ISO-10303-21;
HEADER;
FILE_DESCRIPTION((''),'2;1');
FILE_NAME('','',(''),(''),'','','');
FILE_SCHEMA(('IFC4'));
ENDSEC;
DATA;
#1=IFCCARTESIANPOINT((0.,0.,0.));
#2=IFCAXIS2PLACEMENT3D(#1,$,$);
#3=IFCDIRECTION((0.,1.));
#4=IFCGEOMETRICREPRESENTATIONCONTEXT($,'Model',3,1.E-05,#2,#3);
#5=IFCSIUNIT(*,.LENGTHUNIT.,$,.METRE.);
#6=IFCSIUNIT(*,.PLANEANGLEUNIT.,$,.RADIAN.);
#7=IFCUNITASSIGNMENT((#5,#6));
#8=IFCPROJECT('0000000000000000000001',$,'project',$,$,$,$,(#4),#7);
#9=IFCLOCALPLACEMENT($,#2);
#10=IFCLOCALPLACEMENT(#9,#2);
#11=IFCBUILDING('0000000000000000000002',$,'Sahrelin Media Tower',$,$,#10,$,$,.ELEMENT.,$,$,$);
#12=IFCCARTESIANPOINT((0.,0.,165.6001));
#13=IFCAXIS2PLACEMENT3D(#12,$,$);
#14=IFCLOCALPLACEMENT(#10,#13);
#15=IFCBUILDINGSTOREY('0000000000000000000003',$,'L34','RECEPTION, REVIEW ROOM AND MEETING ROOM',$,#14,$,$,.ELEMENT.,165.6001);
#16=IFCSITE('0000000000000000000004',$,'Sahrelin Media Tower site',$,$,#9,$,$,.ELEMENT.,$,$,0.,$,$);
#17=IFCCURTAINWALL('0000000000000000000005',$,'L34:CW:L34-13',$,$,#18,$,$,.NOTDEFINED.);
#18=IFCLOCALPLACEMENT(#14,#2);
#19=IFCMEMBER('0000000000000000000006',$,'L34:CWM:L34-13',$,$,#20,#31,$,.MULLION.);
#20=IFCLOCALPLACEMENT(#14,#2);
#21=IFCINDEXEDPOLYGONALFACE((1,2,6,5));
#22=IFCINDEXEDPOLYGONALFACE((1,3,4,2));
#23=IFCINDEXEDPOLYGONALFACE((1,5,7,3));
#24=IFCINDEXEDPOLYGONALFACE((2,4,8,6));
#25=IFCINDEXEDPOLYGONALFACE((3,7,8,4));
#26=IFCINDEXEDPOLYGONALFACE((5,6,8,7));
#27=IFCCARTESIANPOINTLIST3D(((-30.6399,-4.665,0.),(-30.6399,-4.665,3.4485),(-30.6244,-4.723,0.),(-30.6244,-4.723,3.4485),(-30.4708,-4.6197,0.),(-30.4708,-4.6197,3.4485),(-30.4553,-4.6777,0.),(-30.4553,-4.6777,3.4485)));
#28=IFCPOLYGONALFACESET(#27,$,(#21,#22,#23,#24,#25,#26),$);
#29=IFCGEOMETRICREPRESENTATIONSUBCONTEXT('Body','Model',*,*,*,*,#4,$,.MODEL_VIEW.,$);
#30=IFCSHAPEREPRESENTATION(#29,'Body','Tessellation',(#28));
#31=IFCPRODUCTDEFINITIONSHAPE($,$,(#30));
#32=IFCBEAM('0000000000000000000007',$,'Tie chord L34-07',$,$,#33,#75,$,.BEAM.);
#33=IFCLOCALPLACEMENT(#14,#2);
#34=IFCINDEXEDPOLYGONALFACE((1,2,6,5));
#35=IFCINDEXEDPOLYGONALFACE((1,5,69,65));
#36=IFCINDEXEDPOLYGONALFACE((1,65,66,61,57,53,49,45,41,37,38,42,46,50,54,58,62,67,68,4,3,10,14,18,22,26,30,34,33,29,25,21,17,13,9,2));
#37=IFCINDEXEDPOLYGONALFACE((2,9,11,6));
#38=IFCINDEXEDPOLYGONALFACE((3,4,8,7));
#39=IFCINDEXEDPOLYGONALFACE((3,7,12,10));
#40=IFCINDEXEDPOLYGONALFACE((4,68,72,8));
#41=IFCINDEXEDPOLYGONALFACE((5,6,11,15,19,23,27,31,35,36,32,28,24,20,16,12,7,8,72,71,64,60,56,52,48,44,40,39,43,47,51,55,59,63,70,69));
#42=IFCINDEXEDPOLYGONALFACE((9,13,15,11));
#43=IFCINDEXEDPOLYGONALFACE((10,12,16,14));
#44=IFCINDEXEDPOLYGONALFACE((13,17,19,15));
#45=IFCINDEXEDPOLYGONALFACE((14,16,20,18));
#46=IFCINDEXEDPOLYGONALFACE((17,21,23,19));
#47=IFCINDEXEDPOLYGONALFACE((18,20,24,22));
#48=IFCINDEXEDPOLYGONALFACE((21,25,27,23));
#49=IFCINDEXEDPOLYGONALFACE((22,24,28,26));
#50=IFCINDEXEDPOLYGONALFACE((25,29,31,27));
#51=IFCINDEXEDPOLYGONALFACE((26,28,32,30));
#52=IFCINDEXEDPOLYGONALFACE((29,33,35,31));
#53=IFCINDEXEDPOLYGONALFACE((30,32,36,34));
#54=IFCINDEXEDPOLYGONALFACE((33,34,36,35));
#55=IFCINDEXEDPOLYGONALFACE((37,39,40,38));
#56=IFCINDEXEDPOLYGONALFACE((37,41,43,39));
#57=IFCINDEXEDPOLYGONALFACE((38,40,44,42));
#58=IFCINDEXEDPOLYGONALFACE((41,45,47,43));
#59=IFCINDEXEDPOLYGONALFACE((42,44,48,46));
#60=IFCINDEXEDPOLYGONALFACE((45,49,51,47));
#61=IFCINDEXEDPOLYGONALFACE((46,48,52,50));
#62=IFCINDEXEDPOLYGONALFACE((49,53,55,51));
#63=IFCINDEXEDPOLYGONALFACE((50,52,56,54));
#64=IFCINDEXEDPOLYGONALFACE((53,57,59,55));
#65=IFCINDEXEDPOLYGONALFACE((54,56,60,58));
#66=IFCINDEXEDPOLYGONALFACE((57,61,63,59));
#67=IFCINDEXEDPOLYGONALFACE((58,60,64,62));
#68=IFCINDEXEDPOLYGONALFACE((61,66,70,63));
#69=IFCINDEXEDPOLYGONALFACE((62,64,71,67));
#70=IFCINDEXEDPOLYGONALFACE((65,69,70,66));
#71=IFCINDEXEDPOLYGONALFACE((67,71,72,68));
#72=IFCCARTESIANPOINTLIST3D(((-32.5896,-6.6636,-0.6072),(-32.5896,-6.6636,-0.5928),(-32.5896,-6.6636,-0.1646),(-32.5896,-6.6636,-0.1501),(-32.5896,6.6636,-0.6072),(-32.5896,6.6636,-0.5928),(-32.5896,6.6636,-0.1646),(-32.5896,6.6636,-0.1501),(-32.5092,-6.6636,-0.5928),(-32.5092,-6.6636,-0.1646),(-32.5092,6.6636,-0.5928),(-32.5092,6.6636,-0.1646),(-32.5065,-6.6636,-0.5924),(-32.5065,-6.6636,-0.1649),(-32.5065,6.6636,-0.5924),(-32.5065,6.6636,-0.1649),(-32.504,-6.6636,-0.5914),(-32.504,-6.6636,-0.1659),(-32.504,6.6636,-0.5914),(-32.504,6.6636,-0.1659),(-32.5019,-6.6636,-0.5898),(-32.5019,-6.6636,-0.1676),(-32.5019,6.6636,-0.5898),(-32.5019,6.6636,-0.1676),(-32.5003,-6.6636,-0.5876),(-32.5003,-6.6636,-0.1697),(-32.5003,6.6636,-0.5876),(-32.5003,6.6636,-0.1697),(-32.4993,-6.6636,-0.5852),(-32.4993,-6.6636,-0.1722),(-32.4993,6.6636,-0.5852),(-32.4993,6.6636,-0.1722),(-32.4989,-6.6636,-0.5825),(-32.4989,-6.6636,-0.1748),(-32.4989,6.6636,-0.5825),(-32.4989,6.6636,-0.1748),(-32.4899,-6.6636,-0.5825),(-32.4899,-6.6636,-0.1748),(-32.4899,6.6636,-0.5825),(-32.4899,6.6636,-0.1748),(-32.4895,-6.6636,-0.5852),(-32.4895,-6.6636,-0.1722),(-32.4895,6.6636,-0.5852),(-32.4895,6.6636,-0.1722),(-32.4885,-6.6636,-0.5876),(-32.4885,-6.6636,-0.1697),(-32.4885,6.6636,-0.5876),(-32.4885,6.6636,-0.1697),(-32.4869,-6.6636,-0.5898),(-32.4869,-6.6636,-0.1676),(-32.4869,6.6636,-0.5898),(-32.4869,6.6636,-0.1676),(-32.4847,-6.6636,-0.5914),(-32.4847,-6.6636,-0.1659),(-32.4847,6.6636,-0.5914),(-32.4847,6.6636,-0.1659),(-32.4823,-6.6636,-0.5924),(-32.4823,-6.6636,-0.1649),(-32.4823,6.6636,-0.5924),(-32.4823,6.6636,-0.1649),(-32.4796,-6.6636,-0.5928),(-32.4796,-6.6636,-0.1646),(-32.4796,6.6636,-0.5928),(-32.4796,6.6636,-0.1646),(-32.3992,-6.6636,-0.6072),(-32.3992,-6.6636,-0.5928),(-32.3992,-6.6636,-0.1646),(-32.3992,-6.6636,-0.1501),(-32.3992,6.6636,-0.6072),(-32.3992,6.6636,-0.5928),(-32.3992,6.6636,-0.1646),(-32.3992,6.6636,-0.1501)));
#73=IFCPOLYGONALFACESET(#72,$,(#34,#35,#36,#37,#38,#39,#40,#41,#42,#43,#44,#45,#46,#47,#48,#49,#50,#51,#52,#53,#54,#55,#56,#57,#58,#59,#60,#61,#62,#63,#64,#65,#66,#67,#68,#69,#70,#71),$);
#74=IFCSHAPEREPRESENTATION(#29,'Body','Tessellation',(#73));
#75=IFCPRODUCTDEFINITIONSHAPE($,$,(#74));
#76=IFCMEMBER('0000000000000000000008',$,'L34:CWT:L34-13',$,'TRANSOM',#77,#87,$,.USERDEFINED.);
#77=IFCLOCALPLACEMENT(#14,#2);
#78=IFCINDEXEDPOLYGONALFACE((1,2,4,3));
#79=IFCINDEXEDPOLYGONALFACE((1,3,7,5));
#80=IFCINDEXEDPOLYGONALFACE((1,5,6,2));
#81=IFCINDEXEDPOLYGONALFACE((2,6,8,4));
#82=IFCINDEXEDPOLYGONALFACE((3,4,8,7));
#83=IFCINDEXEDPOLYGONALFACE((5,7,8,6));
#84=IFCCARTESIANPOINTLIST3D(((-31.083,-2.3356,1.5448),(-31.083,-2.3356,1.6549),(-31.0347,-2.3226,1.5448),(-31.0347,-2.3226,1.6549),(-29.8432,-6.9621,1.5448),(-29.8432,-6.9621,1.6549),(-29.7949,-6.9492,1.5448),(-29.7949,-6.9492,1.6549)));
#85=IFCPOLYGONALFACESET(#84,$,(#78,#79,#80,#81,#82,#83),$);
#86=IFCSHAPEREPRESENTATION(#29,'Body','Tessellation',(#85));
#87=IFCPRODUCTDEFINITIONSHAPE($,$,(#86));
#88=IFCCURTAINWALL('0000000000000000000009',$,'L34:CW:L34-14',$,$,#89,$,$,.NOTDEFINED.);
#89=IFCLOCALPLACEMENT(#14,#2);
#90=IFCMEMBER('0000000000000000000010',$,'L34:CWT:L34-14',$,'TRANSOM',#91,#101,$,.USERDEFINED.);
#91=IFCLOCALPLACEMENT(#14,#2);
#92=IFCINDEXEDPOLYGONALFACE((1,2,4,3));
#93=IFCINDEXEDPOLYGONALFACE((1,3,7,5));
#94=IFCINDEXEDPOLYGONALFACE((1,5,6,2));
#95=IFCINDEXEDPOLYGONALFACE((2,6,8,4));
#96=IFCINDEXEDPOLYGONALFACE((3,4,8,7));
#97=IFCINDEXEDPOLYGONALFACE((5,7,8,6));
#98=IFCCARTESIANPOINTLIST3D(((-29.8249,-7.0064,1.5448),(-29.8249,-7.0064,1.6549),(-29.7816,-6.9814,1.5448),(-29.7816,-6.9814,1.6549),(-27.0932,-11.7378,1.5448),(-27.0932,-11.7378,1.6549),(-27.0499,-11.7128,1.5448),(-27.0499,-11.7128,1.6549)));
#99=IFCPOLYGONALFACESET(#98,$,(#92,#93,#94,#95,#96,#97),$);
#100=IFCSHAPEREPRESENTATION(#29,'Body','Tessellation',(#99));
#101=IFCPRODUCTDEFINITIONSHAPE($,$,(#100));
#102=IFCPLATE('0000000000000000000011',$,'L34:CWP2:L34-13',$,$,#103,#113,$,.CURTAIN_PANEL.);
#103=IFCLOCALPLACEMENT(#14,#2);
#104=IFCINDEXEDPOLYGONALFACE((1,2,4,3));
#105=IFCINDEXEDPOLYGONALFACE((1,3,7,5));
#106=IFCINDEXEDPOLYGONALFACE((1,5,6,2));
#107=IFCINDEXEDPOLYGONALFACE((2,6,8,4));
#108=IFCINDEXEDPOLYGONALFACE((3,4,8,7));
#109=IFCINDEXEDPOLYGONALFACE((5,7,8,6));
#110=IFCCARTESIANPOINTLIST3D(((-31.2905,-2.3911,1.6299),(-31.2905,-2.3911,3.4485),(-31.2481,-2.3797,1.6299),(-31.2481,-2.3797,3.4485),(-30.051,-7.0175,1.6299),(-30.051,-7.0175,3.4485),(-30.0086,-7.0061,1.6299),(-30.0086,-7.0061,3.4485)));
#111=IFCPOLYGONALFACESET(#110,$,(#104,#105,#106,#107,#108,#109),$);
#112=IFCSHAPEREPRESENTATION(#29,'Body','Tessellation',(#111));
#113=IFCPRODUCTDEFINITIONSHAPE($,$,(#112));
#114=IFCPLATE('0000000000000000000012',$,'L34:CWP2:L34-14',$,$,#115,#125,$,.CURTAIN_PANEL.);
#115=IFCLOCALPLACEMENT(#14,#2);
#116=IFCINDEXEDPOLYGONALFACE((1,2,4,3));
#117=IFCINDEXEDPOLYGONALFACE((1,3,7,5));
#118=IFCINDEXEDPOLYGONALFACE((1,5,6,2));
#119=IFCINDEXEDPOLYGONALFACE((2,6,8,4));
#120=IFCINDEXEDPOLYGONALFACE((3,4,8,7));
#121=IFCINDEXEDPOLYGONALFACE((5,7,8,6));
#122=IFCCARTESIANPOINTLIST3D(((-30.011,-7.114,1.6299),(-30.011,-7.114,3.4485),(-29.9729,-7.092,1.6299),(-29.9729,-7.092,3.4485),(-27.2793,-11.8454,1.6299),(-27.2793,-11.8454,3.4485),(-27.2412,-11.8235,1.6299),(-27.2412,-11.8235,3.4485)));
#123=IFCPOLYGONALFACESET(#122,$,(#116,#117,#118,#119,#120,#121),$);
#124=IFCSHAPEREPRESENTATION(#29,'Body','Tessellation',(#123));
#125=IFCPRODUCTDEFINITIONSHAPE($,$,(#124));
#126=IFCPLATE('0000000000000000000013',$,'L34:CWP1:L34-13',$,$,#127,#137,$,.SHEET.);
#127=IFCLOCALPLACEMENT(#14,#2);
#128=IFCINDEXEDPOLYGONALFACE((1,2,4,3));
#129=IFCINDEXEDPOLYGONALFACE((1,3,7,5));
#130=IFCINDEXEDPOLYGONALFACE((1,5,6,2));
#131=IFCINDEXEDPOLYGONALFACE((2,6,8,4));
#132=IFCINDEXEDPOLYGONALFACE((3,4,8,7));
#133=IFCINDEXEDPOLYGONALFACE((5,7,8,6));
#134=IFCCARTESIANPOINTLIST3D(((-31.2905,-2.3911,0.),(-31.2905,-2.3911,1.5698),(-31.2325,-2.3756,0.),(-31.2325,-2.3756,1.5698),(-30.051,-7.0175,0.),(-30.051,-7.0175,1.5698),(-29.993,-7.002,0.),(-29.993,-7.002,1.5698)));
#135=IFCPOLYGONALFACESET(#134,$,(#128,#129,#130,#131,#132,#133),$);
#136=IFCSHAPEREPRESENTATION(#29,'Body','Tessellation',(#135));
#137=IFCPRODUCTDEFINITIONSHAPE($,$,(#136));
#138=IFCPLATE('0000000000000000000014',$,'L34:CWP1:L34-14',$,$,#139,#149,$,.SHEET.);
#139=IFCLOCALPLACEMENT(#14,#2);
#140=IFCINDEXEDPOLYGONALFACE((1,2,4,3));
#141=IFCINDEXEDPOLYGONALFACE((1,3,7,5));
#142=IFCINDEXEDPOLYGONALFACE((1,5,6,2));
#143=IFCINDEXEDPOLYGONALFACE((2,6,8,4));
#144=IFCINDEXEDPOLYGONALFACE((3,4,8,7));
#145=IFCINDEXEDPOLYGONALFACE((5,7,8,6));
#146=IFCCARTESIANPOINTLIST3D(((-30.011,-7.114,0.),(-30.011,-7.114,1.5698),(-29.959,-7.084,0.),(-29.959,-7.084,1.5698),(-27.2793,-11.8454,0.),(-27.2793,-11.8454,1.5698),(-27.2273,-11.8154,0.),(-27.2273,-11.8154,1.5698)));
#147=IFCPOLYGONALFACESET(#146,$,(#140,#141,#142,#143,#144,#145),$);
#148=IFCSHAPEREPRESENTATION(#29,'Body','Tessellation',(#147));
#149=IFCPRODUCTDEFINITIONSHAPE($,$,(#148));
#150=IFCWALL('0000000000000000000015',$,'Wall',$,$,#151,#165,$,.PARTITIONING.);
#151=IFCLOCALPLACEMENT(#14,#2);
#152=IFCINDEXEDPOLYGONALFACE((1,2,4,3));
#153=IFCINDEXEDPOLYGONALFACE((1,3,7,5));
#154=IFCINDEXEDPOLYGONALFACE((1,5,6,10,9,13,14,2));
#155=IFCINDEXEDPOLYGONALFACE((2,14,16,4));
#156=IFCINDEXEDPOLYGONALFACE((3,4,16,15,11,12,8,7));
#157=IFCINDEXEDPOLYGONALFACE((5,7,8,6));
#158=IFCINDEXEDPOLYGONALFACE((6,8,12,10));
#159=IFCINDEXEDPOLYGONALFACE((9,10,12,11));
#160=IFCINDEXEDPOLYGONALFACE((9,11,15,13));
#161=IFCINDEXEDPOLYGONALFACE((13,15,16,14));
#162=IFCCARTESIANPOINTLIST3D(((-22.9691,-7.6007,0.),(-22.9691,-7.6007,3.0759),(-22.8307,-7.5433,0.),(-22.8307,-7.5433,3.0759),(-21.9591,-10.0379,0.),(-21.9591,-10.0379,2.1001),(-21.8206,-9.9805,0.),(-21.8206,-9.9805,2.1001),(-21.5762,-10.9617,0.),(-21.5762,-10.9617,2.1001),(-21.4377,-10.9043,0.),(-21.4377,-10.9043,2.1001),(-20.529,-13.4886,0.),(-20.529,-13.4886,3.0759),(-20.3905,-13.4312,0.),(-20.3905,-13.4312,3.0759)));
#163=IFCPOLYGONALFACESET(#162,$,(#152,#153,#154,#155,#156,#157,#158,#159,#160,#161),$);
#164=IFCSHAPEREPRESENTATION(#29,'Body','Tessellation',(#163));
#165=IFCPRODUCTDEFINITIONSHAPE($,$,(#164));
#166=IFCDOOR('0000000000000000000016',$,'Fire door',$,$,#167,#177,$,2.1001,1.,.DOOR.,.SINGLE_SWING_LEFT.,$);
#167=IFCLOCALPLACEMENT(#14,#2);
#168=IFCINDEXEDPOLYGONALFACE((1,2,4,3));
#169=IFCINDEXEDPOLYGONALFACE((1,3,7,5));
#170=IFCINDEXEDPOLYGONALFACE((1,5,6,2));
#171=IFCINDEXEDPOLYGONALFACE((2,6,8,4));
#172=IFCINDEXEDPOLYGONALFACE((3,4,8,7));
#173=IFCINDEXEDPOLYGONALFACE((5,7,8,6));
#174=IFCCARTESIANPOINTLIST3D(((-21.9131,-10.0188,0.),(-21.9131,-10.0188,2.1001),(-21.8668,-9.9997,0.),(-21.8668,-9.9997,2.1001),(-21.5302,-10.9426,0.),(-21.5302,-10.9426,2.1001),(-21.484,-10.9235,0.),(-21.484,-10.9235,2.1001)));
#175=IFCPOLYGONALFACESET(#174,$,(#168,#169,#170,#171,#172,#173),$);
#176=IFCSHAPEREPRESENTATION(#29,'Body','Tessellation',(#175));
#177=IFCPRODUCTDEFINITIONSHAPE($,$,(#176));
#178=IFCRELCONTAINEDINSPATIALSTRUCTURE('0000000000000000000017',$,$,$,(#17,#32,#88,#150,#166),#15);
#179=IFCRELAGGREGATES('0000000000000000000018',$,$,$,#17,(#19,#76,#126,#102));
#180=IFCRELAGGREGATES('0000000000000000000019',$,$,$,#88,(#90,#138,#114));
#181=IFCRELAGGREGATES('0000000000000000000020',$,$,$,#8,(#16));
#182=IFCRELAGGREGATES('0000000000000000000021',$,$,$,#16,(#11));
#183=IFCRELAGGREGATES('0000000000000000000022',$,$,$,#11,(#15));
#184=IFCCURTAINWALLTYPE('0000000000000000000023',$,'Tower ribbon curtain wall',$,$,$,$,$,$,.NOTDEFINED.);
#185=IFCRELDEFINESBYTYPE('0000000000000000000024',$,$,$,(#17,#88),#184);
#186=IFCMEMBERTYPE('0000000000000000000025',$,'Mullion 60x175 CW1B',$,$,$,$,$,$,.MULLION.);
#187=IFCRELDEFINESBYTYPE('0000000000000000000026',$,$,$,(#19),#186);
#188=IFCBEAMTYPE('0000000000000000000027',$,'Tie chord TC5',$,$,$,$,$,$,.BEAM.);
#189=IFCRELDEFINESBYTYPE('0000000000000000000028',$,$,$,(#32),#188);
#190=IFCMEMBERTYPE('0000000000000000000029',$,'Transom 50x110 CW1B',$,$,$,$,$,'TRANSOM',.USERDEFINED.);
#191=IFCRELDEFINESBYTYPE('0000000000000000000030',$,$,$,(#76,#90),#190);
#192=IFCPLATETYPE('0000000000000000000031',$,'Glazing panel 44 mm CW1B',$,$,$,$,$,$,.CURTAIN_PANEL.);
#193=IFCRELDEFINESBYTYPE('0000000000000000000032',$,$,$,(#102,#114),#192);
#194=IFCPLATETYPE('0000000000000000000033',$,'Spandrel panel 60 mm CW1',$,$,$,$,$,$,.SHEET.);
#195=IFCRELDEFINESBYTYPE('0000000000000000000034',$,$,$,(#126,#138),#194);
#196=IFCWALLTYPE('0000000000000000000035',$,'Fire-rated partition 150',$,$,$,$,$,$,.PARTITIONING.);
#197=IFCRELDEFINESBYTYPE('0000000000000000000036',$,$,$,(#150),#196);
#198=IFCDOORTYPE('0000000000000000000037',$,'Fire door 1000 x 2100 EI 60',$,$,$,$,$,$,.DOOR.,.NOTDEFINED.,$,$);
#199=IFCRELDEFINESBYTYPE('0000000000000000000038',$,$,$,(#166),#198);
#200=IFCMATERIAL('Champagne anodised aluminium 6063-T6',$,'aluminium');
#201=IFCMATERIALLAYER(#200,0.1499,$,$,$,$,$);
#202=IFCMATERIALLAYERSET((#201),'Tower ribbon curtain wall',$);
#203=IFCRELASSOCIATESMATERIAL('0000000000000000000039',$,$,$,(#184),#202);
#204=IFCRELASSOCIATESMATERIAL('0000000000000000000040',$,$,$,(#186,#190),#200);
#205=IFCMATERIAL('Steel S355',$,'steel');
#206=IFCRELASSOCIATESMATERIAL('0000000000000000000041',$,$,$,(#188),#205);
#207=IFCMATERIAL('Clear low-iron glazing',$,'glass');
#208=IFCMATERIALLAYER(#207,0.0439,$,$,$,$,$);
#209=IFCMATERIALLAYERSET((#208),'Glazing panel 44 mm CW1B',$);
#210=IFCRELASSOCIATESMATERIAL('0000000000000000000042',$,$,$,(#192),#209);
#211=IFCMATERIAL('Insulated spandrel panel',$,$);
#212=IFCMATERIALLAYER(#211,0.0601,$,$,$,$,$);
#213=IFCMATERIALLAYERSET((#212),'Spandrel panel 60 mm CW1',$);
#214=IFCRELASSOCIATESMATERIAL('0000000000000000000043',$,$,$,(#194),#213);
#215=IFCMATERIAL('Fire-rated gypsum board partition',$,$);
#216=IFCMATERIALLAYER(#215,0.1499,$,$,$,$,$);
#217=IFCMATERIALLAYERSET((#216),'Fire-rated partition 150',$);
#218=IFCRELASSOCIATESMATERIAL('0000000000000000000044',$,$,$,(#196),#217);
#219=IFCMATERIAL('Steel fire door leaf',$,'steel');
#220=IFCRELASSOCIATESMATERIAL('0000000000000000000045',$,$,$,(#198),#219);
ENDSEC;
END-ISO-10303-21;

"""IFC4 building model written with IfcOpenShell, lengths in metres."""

from ifc_helpers import new_model, si_unit, direction, frame, frame_2d, origin, origin_2d, place, context, subcontext, project, spatial, polyline, rectangle, i_section, outline, extrude, material, layer, layer_set, material_profile, profile_set, type_object, element, fill, aggregate, save


model = new_model("IFC4")

# Units and contexts
model_context = context("Model", 3, precision=1e-05, world=origin(), true_north=direction((0.0, 1.0)))
body_context = subcontext(model_context, "Body", "Model", "MODEL_VIEW")
ifc_project = project(units=[si_unit("LENGTHUNIT", "METRE"), si_unit("PLANEANGLEUNIT", "RADIAN")], contexts=[model_context])

# Site, building, storey
site_placement = place(None, origin())
site = spatial("IfcSite", under=ifc_project, at=site_placement, Name="Sahrelin Media Tower site", CompositionType="ELEMENT", RefElevation=0.0)
building_placement = place(site_placement, origin())
building = spatial("IfcBuilding", under=site, at=building_placement, Name="Sahrelin Media Tower", CompositionType="ELEMENT")
storey_placement = place(building_placement, frame((0.0, 0.0, 165.6001)))
storey = spatial("IfcBuildingStorey", under=building, at=storey_placement, Name="L34", Description="RECEPTION, REVIEW ROOM AND MEETING ROOM", CompositionType="ELEMENT", Elevation=165.6001)

# Shared definitions
ifc_material_1 = material(Name="Steel S355", Category="steel")

# Curtain wall, member
ifc_material_2 = material(Name="Champagne anodised aluminium 6063-T6", Category="aluminium")
ifc_layer_1 = layer(ifc_material_2, 0.1499)
ifc_layer_set_1 = layer_set([ifc_layer_1], Name="Tower ribbon curtain wall")
curtain_wall_type = type_object("IfcCurtainWallType", Name="Tower ribbon curtain wall", PredefinedType="NOTDEFINED", material=ifc_layer_set_1)
ifc_material_profile_1 = material_profile(ifc_material_2, rectangle(XDim=0.0601, YDim=0.175, at=origin_2d()), Name="Mullion 60x175")
ifc_profile_set_1 = profile_set([ifc_material_profile_1], Name="Champagne anodised aluminium 6063-T6")
member_type_1 = type_object("IfcMemberType", Name="Mullion 60x175 CW1B", PredefinedType="MULLION", material=ifc_profile_set_1)
curtain_wall_1_placement = place(storey_placement, frame((-30.6514, -4.6992, 0.0), z_axis=(0.0, 0.0, 1.0), x_axis=(1.0, 0.0, 0.0)))
curtain_wall_1 = element("IfcCurtainWall", 1, at=curtain_wall_1_placement, inside=storey, type_object=curtain_wall_type, Name="L34:CW:L34-13", PredefinedType="NOTDEFINED")
member_1_placement = place(storey_placement, frame((-30.5476, -4.6714, 0.0), z_axis=(0.0, 0.0, 1.0), x_axis=(0.258814, -0.965927, 0.0)))
member_1 = element("IfcMember", 2, at=member_1_placement, type_object=member_type_1, Name="L34:CWM:L34-13", PredefinedType="MULLION", context=body_context, shape_type="SweptSolid", body=[
    extrude(rectangle(XDim=0.0601, YDim=0.175, at=origin_2d()), origin(), (0.0, 0.0, 1.0), 3.4485),
])

# Beam
ifc_material_profile_2 = material_profile(ifc_material_1, i_section(OverallWidth=0.1904, OverallDepth=0.457, WebThickness=0.009, FlangeThickness=0.0144, FilletRadius=0.0103, at=origin_2d()), Name="UB 457x191x74")
ifc_profile_set_2 = profile_set([ifc_material_profile_2], Name="Steel S355")
beam_type_1 = type_object("IfcBeamType", Name="Tie chord TC5", PredefinedType="BEAM", material=ifc_profile_set_2)
beam_1_placement = place(storey_placement, frame((-32.4944, -6.6636, -0.3787), z_axis=(0.0, 1.0, 0.0), x_axis=(-1.0, 0.0, 0.0)))
element("IfcBeam", 3, at=beam_1_placement, inside=storey, type_object=beam_type_1, Name="Tie chord L34-07", PredefinedType="BEAM", context=body_context, shape_type="SweptSolid", body=[
    extrude(i_section(OverallWidth=0.1904, OverallDepth=0.457, WebThickness=0.009, FlangeThickness=0.0144, FilletRadius=0.0103, at=origin_2d()), origin(), (0.0, 0.0, 1.0), 13.3271),
])

# Member
ifc_material_profile_3 = material_profile(ifc_material_2, rectangle(XDim=0.05, YDim=0.1101, at=origin_2d()), Name="Transom 50x110")
ifc_profile_set_3 = profile_set([ifc_material_profile_3], Name="Champagne anodised aluminium 6063-T6")
member_type_2 = type_object("IfcMemberType", Name="Transom 50x110 CW1B", ElementType="TRANSOM", PredefinedType="USERDEFINED", material=ifc_profile_set_3)
member_2_placement = place(storey_placement, frame((-31.0588, -2.3291, 1.5999), z_axis=(0.258836, -0.965921, 0.0), x_axis=(0.965921, 0.258836, 0.0)))
member_2 = element("IfcMember", 4, at=member_2_placement, type_object=member_type_2, Name="L34:CWT:L34-13", ObjectType="TRANSOM", PredefinedType="USERDEFINED", context=body_context, shape_type="SweptSolid", body=[
    extrude(rectangle(XDim=0.05, YDim=0.1101, at=origin_2d()), origin(), (0.0, 0.0, 1.0), 4.7898),
])

# Curtain wall, member
curtain_wall_2_placement = place(storey_placement, frame((-28.6279, -9.4697, 0.0), z_axis=(0.0, 0.0, 1.0), x_axis=(1.0, 0.0, 0.0)))
curtain_wall_2 = element("IfcCurtainWall", 5, at=curtain_wall_2_placement, inside=storey, type_object=curtain_wall_type, Name="L34:CW:L34-14", PredefinedType="NOTDEFINED")
member_3_placement = place(storey_placement, frame((-29.8032, -6.9939, 1.5999), z_axis=(0.499998, -0.866026, 0.0), x_axis=(0.866026, 0.499998, 0.0)))
member_3 = element("IfcMember", 6, at=member_3_placement, type_object=member_type_2, Name="L34:CWT:L34-14", ObjectType="TRANSOM", PredefinedType="USERDEFINED", context=body_context, shape_type="SweptSolid", body=[
    extrude(rectangle(XDim=0.05, YDim=0.1101, at=origin_2d()), origin(), (0.0, 0.0, 1.0), 5.4634),
])

# Plates
ifc_material_3 = material(Name="Clear low-iron glazing", Category="glass")
ifc_layer_2 = layer(ifc_material_3, 0.0439)
ifc_layer_set_2 = layer_set([ifc_layer_2], Name="Glazing panel 44 mm CW1B")
plate_type_1 = type_object("IfcPlateType", Name="Glazing panel 44 mm CW1B", PredefinedType="CURTAIN_PANEL", material=ifc_layer_set_2)
plate_1_placement = place(storey_placement, frame((-31.2905, -2.3911, 1.6299), z_axis=(-0.965934, -0.258789, 0.0), x_axis=(0.258789, -0.965934, 0.0)))
plate_1 = element("IfcPlate", 7, at=plate_1_placement, type_object=plate_type_1, Name="L34:CWP2:L34-13", PredefinedType="CURTAIN_PANEL", context=body_context, shape_type="SweptSolid", body=[
    extrude(outline(polyline([(0.0, 0.0), (4.7896, 0.0), (4.7896, 1.8186), (0.0, 1.8186), (0.0, 0.0)])), origin(), (0.0, 0.0, -1.0), 0.0439),
])
plate_2_placement = place(storey_placement, frame((-30.011, -7.114, 1.6299), z_axis=(-0.866026, -0.499998, 0.0), x_axis=(0.499998, -0.866026, 0.0)))
plate_2 = element("IfcPlate", 8, at=plate_2_placement, type_object=plate_type_1, Name="L34:CWP2:L34-14", PredefinedType="CURTAIN_PANEL", context=body_context, shape_type="SweptSolid", body=[
    extrude(outline(polyline([(0.0, 0.0), (5.4634, 0.0), (5.4634, 1.8186), (0.0, 1.8186), (0.0, 0.0)])), origin(), (0.0, 0.0, -1.0), 0.0439),
])
ifc_material_4 = material(Name="Insulated spandrel panel")
ifc_layer_3 = layer(ifc_material_4, 0.0601)
ifc_layer_set_3 = layer_set([ifc_layer_3], Name="Spandrel panel 60 mm CW1")
plate_type_2 = type_object("IfcPlateType", Name="Spandrel panel 60 mm CW1", PredefinedType="SHEET", material=ifc_layer_set_3)
plate_3_placement = place(storey_placement, frame((-31.2905, -2.3911, 0.0), z_axis=(-0.965934, -0.258789, 0.0), x_axis=(0.258789, -0.965934, 0.0)))
plate_3 = element("IfcPlate", 9, at=plate_3_placement, type_object=plate_type_2, Name="L34:CWP1:L34-13", PredefinedType="SHEET", context=body_context, shape_type="SweptSolid", body=[
    extrude(outline(polyline([(0.0, 0.0), (4.7896, 0.0), (4.7896, 1.5698), (0.0, 1.5698), (0.0, 0.0)])), origin(), (0.0, 0.0, -1.0), 0.0601),
])
aggregate(curtain_wall_1, [member_1, member_2, plate_3, plate_1])
plate_4_placement = place(storey_placement, frame((-30.011, -7.114, 0.0), z_axis=(-0.866026, -0.499998, 0.0), x_axis=(0.499998, -0.866026, 0.0)))
plate_4 = element("IfcPlate", 10, at=plate_4_placement, type_object=plate_type_2, Name="L34:CWP1:L34-14", PredefinedType="SHEET", context=body_context, shape_type="SweptSolid", body=[
    extrude(outline(polyline([(0.0, 0.0), (5.4634, 0.0), (5.4634, 1.5698), (0.0, 1.5698), (0.0, 0.0)])), origin(), (0.0, 0.0, -1.0), 0.0601),
])
aggregate(curtain_wall_2, [member_3, plate_4, plate_2])

# Wall, opening, door
ifc_material_5 = material(Name="Fire-rated gypsum board partition")
ifc_layer_4 = layer(ifc_material_5, 0.1499)
ifc_layer_set_4 = layer_set([ifc_layer_4], Name="Fire-rated partition 150")
wall_type_1 = type_object("IfcWallType", Name="Fire-rated partition 150", PredefinedType="PARTITIONING", material=ifc_layer_set_4)
wall_1_placement = place(storey_placement, frame((-22.8999, -7.572, 0.0), z_axis=(0.0, 0.0, 1.0), x_axis=(0.38286, -0.923806, 0.0)))
wall_1 = element("IfcWall", 11, at=wall_1_placement, inside=storey, type_object=wall_type_1, Name="Wall", PredefinedType="PARTITIONING", context=body_context, shape_type="SweptSolid", body=[
    extrude(rectangle(XDim=6.3735, YDim=0.1499, at=frame_2d((3.1868, 0.0))), origin(), (0.0, 0.0, 1.0), 3.0759),
])
opening_1_placement = place(wall_1_placement, frame((2.6382, 0.0, 0.0)))
opening_1 = element("IfcOpeningElement", 12, at=opening_1_placement, cuts=wall_1, PredefinedType="OPENING", context=body_context, shape_type="SweptSolid", body=[
    extrude(rectangle(XDim=1.0, YDim=2.1001, at=frame_2d((0.5, 1.05))), frame((0.0, 0.075, 0.0), z_axis=(0.0, -1.0, 0.0), x_axis=(1.0, 0.0, 0.0)), (0.0, 0.0, 1.0), 0.1499),
])
ifc_material_6 = material(Name="Steel fire door leaf", Category="steel")
door_type = type_object("IfcDoorType", Name="Fire door 1000 x 2100 EI 60", OperationType="NOTDEFINED", PredefinedType="DOOR", material=ifc_material_6)
door_1_placement = place(opening_1_placement, origin())
door_1 = element("IfcDoor", 13, at=door_1_placement, inside=storey, type_object=door_type, Name="Fire door", OperationType="SINGLE_SWING_LEFT", OverallHeight=2.1001, OverallWidth=1.0, PredefinedType="DOOR", context=body_context, shape_type="SweptSolid", body=[
    extrude(rectangle(XDim=1.0, YDim=2.1001, at=frame_2d((0.5, 1.05))), frame((0.0, 0.0249, 0.0), z_axis=(0.0, -1.0, 0.0), x_axis=(1.0, 0.0, 0.0)), (0.0, 0.0, 1.0), 0.05),
])
fill(opening_1, door_1)

save(model, "model.ifc")
